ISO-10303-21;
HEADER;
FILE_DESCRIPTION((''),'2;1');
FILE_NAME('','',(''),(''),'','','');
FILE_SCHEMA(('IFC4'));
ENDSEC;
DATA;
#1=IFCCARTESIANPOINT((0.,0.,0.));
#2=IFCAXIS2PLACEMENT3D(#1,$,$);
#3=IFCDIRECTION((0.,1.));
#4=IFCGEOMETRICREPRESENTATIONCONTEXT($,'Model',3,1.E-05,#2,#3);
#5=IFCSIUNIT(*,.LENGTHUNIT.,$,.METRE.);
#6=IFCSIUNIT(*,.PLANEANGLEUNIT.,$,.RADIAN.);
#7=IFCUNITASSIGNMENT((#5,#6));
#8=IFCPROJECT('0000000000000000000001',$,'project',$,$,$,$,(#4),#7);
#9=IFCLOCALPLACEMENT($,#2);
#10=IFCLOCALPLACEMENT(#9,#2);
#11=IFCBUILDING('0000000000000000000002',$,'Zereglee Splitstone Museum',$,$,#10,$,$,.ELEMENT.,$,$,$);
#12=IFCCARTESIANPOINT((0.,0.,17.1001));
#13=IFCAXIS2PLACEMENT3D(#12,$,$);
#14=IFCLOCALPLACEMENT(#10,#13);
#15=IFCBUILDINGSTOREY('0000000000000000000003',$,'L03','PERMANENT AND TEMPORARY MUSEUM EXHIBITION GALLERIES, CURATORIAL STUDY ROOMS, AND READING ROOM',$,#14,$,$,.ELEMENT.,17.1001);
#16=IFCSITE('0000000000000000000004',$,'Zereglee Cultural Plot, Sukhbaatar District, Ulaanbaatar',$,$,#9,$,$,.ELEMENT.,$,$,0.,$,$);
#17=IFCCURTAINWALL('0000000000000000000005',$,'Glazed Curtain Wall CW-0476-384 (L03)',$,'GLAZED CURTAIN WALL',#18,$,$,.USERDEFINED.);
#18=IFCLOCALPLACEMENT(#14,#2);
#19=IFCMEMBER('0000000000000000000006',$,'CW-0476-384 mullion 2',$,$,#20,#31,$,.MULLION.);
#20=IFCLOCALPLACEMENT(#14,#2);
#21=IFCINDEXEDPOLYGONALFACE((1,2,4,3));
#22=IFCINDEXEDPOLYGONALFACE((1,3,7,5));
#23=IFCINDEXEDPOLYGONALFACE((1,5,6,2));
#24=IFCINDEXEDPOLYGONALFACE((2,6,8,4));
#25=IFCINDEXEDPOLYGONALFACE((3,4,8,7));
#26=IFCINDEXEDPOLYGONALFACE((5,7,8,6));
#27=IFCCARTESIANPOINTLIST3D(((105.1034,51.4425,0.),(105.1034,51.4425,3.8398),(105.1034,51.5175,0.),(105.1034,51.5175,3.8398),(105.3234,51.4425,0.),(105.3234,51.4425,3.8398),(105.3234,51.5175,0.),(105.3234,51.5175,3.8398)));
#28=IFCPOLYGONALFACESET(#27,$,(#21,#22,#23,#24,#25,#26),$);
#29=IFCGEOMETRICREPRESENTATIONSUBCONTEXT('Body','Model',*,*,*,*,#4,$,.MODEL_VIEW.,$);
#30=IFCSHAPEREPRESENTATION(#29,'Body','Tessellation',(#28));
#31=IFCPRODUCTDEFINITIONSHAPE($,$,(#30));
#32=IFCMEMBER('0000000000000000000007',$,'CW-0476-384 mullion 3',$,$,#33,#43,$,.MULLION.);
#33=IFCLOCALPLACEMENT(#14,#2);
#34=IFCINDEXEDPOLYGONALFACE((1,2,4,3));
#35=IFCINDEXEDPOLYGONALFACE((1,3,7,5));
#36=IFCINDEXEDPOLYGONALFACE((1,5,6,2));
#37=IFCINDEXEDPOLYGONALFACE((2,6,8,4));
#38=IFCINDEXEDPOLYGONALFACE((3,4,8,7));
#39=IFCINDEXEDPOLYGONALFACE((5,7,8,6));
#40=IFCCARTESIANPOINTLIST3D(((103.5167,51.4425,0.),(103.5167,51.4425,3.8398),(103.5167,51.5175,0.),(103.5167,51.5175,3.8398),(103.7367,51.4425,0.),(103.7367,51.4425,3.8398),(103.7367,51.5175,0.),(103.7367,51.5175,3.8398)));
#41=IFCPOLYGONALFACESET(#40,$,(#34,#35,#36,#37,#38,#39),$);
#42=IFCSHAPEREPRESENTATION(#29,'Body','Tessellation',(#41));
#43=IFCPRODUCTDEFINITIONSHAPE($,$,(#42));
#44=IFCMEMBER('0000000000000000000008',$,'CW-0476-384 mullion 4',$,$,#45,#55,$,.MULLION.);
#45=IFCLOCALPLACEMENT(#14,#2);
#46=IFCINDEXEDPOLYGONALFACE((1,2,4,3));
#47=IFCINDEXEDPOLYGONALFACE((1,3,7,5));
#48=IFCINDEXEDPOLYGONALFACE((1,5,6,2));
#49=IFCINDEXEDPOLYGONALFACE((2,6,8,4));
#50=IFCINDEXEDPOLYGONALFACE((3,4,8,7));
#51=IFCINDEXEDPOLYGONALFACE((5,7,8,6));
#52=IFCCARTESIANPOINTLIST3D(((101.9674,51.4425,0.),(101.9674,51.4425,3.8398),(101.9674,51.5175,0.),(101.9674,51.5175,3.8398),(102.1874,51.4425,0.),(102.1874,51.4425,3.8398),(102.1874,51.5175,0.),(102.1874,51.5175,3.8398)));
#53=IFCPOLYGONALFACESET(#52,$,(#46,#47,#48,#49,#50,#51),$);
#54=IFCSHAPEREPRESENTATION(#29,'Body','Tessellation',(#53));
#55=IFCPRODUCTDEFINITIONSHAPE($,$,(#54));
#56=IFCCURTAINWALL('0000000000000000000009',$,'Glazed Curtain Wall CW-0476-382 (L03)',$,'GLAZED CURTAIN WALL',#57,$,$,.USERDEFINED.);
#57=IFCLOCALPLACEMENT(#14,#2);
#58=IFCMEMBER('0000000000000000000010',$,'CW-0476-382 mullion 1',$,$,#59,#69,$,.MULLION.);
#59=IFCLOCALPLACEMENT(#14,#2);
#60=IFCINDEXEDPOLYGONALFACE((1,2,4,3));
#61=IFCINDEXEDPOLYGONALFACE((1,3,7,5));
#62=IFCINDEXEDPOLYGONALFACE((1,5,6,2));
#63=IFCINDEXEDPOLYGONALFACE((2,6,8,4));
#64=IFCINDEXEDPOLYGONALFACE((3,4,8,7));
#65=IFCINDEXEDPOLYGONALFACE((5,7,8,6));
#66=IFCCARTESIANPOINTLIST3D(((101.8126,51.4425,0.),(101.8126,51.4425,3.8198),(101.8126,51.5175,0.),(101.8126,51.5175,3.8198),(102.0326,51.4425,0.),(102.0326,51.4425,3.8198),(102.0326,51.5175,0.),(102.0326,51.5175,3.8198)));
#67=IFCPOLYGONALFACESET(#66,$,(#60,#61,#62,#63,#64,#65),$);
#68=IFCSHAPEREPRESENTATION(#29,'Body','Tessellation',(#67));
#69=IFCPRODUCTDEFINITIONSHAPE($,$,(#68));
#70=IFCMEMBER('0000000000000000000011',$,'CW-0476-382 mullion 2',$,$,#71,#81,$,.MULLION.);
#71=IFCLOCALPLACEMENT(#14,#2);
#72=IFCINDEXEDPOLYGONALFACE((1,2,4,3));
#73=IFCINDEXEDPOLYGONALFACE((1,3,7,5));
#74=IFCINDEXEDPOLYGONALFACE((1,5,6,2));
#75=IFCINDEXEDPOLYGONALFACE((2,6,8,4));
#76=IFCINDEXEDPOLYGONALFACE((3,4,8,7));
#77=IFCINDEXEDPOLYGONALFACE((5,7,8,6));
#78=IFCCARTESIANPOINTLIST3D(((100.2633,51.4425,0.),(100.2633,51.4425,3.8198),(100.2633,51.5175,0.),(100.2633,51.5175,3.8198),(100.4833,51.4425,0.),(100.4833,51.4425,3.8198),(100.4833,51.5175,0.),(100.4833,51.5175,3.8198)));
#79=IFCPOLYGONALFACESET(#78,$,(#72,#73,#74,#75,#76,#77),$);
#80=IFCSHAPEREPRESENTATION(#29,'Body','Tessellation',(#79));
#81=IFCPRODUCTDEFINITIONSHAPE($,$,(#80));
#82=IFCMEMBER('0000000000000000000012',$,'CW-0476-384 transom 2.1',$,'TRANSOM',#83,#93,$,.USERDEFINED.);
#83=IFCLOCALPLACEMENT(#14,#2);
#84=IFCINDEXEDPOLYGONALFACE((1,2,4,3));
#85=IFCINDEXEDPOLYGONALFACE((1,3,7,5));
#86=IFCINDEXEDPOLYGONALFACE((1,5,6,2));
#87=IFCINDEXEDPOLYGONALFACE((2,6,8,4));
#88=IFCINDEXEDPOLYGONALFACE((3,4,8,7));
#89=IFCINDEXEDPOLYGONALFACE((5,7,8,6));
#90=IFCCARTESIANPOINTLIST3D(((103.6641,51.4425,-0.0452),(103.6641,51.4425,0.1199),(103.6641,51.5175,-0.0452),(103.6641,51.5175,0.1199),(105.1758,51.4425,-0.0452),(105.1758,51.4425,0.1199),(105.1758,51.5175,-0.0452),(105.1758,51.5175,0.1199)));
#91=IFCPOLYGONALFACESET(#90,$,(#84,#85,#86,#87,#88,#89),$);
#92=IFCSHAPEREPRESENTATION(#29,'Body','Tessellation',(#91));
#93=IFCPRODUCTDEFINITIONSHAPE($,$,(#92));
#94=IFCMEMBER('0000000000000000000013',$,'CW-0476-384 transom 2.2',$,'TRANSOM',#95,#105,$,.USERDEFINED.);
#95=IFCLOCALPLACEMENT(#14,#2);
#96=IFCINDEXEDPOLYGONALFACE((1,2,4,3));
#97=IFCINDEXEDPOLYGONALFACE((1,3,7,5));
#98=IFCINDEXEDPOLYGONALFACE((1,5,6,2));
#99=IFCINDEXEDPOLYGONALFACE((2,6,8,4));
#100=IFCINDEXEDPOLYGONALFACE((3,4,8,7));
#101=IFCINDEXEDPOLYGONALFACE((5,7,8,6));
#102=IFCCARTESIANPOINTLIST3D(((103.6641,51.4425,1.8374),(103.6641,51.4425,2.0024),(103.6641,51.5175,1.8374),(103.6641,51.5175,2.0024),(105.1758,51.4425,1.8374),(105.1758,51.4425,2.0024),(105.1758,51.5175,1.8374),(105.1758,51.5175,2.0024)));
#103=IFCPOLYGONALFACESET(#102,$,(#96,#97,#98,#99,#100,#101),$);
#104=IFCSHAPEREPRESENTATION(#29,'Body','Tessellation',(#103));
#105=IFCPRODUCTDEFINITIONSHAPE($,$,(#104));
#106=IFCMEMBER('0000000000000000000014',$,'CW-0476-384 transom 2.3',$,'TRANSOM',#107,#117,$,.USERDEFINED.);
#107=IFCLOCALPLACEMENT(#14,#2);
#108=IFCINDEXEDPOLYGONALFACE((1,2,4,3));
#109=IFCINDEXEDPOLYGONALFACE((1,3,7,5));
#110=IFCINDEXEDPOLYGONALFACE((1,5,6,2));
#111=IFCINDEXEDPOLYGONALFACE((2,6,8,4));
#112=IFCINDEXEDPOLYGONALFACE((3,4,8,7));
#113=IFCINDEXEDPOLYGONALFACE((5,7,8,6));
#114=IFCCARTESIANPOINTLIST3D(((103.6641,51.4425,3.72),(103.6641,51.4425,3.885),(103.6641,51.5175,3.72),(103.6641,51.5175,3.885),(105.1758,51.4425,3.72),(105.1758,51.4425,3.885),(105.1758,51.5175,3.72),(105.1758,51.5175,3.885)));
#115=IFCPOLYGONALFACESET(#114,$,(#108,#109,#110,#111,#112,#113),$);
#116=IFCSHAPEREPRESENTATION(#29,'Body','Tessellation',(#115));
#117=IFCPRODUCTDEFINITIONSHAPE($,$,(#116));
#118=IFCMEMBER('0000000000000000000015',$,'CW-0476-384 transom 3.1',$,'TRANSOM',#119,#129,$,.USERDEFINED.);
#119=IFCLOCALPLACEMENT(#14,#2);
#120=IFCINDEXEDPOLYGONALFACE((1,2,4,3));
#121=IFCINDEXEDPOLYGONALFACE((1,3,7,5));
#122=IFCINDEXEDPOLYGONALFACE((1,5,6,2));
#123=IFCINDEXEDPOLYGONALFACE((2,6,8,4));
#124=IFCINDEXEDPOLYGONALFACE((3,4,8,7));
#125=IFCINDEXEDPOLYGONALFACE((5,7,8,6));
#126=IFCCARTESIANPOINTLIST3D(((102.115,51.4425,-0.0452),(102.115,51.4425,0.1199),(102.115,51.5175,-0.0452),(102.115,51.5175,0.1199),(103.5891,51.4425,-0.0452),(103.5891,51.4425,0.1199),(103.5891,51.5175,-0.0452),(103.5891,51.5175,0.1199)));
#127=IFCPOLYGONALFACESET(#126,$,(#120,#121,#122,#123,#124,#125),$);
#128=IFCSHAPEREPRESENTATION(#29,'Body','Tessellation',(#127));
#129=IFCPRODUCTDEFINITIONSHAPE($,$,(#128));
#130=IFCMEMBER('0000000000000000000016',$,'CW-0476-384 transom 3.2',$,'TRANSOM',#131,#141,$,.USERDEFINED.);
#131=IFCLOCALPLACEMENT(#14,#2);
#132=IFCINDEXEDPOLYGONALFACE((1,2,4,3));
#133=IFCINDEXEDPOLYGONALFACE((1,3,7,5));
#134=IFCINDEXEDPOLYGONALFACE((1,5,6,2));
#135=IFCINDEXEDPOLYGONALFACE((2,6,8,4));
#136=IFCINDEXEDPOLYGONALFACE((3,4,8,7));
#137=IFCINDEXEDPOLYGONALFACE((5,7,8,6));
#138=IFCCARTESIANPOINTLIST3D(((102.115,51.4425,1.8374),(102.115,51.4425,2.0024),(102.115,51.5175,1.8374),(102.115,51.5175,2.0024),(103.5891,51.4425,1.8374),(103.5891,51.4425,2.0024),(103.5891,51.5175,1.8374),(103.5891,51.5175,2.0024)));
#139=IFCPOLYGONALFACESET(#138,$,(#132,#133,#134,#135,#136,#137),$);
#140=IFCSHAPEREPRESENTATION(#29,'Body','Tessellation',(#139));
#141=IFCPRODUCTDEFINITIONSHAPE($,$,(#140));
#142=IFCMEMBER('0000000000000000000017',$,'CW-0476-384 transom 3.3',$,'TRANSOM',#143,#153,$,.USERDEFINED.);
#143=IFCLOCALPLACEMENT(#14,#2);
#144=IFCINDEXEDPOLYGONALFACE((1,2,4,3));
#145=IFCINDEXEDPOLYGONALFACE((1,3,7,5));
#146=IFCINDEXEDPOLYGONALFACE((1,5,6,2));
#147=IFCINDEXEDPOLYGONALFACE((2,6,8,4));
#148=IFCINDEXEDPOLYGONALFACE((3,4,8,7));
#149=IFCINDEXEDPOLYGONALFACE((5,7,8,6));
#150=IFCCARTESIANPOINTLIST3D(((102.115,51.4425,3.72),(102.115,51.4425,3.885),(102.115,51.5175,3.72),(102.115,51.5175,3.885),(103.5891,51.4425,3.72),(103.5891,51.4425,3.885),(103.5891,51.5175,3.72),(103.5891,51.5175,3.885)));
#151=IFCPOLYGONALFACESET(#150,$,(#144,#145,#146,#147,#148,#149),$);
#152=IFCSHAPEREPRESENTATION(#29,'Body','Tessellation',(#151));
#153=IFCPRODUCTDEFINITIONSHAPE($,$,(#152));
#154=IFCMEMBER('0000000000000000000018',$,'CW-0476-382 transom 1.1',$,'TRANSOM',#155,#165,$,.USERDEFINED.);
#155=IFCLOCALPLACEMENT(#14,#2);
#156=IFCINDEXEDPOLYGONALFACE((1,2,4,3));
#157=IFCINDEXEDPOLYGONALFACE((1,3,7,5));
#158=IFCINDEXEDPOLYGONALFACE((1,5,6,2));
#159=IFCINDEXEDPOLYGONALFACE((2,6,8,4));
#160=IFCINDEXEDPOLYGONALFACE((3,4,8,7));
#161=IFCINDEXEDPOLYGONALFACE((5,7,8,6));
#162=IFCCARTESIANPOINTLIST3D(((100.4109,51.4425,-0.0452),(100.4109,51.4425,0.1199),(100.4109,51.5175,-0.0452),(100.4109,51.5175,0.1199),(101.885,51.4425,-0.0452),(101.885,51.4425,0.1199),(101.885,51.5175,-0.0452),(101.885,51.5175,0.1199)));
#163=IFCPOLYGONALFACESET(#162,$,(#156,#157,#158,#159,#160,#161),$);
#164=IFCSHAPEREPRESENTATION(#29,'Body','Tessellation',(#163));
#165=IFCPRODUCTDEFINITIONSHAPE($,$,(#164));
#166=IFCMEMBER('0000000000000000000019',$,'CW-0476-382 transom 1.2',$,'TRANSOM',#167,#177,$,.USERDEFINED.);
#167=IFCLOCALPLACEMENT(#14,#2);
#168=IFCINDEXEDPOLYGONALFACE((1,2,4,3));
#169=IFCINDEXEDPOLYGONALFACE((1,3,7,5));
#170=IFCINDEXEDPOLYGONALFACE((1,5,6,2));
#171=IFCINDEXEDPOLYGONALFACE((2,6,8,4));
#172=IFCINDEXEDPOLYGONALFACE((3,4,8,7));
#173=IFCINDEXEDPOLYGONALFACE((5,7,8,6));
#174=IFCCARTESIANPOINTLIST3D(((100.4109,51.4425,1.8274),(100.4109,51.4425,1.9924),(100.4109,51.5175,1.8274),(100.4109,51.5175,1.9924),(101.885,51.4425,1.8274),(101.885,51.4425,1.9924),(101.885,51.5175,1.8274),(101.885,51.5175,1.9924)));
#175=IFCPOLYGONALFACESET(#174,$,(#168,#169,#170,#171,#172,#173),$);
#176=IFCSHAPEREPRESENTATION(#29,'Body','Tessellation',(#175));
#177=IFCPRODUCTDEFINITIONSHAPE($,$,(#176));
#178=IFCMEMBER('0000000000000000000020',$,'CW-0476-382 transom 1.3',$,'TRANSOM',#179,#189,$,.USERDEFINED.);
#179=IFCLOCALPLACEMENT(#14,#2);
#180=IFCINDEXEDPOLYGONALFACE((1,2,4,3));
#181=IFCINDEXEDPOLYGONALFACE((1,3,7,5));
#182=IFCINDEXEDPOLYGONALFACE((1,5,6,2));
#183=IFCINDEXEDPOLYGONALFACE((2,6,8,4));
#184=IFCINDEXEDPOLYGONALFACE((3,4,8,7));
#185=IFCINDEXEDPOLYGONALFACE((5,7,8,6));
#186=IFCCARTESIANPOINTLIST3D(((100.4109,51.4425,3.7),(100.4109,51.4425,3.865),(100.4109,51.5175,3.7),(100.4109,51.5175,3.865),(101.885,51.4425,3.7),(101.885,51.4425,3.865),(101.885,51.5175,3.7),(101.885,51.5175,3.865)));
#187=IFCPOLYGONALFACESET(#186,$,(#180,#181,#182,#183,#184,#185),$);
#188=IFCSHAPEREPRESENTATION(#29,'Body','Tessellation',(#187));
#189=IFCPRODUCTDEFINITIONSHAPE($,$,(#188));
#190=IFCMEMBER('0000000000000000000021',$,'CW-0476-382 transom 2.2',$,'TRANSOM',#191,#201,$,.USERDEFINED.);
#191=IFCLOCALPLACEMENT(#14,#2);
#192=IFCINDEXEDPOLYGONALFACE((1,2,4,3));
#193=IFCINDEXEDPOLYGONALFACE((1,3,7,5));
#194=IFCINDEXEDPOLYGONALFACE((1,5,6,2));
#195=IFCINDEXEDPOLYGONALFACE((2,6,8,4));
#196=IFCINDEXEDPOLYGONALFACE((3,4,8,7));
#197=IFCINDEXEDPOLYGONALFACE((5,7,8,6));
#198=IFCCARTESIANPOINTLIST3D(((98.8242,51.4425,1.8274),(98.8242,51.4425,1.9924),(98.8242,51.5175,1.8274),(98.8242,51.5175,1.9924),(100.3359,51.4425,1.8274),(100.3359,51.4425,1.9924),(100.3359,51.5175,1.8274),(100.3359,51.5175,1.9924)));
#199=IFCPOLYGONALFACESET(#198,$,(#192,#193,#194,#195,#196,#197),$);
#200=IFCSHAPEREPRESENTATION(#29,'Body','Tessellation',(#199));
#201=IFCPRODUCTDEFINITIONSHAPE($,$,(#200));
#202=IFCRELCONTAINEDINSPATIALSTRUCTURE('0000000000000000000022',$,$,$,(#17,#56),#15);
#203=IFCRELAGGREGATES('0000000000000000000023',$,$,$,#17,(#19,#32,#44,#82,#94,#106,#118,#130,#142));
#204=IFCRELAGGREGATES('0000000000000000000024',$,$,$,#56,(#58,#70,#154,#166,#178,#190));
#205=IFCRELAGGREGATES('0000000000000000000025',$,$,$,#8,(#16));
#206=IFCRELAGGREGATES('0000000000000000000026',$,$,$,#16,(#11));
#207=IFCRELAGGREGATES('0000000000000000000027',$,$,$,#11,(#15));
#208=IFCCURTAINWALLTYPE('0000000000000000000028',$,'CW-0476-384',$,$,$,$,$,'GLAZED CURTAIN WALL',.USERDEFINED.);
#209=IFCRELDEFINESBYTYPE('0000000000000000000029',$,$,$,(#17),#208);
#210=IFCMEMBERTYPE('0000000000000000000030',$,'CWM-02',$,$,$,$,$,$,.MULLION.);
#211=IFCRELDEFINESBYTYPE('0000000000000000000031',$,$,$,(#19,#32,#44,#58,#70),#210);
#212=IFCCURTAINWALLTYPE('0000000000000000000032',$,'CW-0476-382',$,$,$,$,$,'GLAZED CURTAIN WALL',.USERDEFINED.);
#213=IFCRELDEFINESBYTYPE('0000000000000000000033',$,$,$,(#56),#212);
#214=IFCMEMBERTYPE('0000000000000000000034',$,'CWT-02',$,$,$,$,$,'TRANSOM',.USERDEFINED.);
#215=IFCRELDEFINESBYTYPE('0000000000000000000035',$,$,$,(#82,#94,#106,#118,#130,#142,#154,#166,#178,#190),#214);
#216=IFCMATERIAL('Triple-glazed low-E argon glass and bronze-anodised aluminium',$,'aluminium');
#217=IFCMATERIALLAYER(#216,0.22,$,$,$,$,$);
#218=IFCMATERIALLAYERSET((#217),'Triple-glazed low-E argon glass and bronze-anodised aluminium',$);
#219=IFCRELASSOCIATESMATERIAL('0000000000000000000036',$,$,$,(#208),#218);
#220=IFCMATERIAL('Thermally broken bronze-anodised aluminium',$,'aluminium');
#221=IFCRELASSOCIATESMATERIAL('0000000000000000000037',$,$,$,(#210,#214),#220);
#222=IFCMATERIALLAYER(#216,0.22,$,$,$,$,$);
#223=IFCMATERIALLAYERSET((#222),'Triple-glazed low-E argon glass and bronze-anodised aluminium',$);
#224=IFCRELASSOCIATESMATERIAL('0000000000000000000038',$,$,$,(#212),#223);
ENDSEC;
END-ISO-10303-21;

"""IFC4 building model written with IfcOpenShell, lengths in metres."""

from ifc_helpers import new_model, si_unit, direction, frame, origin, origin_2d, place, context, subcontext, project, spatial, rectangle, extrude, material, layer, layer_set, material_profile, profile_set, type_object, element, aggregate, save


model = new_model("IFC4")

# Units and contexts
model_context = context("Model", 3, precision=1e-05, world=origin(), true_north=direction((0.0, 1.0)))
body_context = subcontext(model_context, "Body", "Model", "MODEL_VIEW")
ifc_project = project(units=[si_unit("LENGTHUNIT", "METRE"), si_unit("PLANEANGLEUNIT", "RADIAN")], contexts=[model_context])

# Site, building, storey
site_placement = place(None, origin())
site = spatial("IfcSite", under=ifc_project, at=site_placement, Name="Zereglee Cultural Plot, Sukhbaatar District, Ulaanbaatar", CompositionType="ELEMENT", RefElevation=0.0)
building_placement = place(site_placement, origin())
building = spatial("IfcBuilding", under=site, at=building_placement, Name="Zereglee Splitstone Museum", CompositionType="ELEMENT")
storey_placement = place(building_placement, frame((0.0, 0.0, 17.1001)))
storey = spatial("IfcBuildingStorey", under=building, at=storey_placement, Name="L03", Description="PERMANENT AND TEMPORARY MUSEUM EXHIBITION GALLERIES, CURATORIAL STUDY ROOMS, AND READING ROOM", CompositionType="ELEMENT", Elevation=17.1001)

# Curtain walls, members
ifc_material_1 = material(Name="Triple-glazed low-E argon glass and bronze-anodised aluminium", Category="aluminium")
ifc_layer_1 = layer(ifc_material_1, 0.22)
ifc_layer_set_1 = layer_set([ifc_layer_1], Name="Triple-glazed low-E argon glass and bronze-anodised aluminium")
curtain_wall_type_1 = type_object("IfcCurtainWallType", Name="CW-0476-384", ElementType="GLAZED CURTAIN WALL", PredefinedType="USERDEFINED", material=ifc_layer_set_1)
curtain_wall_1_placement = place(storey_placement, origin())
curtain_wall_1 = element("IfcCurtainWall", 1, at=curtain_wall_1_placement, inside=storey, type_object=curtain_wall_type_1, Name="Glazed Curtain Wall CW-0476-384 (L03)", ObjectType="GLAZED CURTAIN WALL", PredefinedType="USERDEFINED")
ifc_material_2 = material(Name="Thermally broken bronze-anodised aluminium", Category="aluminium")
ifc_material_profile_1 = material_profile(ifc_material_2, rectangle(XDim=0.075, YDim=0.22, at=origin_2d()), Name="CW MULL 75x220")
ifc_profile_set_1 = profile_set([ifc_material_profile_1], Name="Thermally broken bronze-anodised aluminium")
member_type_1 = type_object("IfcMemberType", Name="CWM-02", PredefinedType="MULLION", material=ifc_profile_set_1)
member_1_placement = place(storey_placement, frame((105.2134, 51.48, 0.0), z_axis=(0.0, 0.0, 1.0), x_axis=(0.0, -1.0, 0.0)))
member_1 = element("IfcMember", 2, at=member_1_placement, type_object=member_type_1, Name="CW-0476-384 mullion 2", PredefinedType="MULLION", context=body_context, shape_type="SweptSolid", body=[
    extrude(rectangle(XDim=0.075, YDim=0.22, at=origin_2d()), origin(), (0.0, 0.0, 1.0), 3.8398),
])
member_2_placement = place(storey_placement, frame((103.6267, 51.48, 0.0), z_axis=(0.0, 0.0, 1.0), x_axis=(0.0, -1.0, 0.0)))
member_2 = element("IfcMember", 3, at=member_2_placement, type_object=member_type_1, Name="CW-0476-384 mullion 3", PredefinedType="MULLION", context=body_context, shape_type="SweptSolid", body=[
    extrude(rectangle(XDim=0.075, YDim=0.22, at=origin_2d()), origin(), (0.0, 0.0, 1.0), 3.8398),
])
member_3_placement = place(storey_placement, frame((102.0774, 51.48, 0.0), z_axis=(0.0, 0.0, 1.0), x_axis=(0.0, -1.0, 0.0)))
member_3 = element("IfcMember", 4, at=member_3_placement, type_object=member_type_1, Name="CW-0476-384 mullion 4", PredefinedType="MULLION", context=body_context, shape_type="SweptSolid", body=[
    extrude(rectangle(XDim=0.075, YDim=0.22, at=origin_2d()), origin(), (0.0, 0.0, 1.0), 3.8398),
])
ifc_layer_2 = layer(ifc_material_1, 0.22)
ifc_layer_set_2 = layer_set([ifc_layer_2], Name="Triple-glazed low-E argon glass and bronze-anodised aluminium")
curtain_wall_type_2 = type_object("IfcCurtainWallType", Name="CW-0476-382", ElementType="GLAZED CURTAIN WALL", PredefinedType="USERDEFINED", material=ifc_layer_set_2)
curtain_wall_2_placement = place(storey_placement, origin())
curtain_wall_2 = element("IfcCurtainWall", 5, at=curtain_wall_2_placement, inside=storey, type_object=curtain_wall_type_2, Name="Glazed Curtain Wall CW-0476-382 (L03)", ObjectType="GLAZED CURTAIN WALL", PredefinedType="USERDEFINED")
member_4_placement = place(storey_placement, frame((101.9226, 51.48, 0.0), z_axis=(0.0, 0.0, 1.0), x_axis=(0.0, -1.0, 0.0)))
member_4 = element("IfcMember", 6, at=member_4_placement, type_object=member_type_1, Name="CW-0476-382 mullion 1", PredefinedType="MULLION", context=body_context, shape_type="SweptSolid", body=[
    extrude(rectangle(XDim=0.075, YDim=0.22, at=origin_2d()), origin(), (0.0, 0.0, 1.0), 3.8198),
])
member_5_placement = place(storey_placement, frame((100.3733, 51.48, 0.0), z_axis=(0.0, 0.0, 1.0), x_axis=(0.0, -1.0, 0.0)))
member_5 = element("IfcMember", 7, at=member_5_placement, type_object=member_type_1, Name="CW-0476-382 mullion 2", PredefinedType="MULLION", context=body_context, shape_type="SweptSolid", body=[
    extrude(rectangle(XDim=0.075, YDim=0.22, at=origin_2d()), origin(), (0.0, 0.0, 1.0), 3.8198),
])

# Members
ifc_material_profile_2 = material_profile(ifc_material_2, rectangle(XDim=0.075, YDim=0.165, at=origin_2d()), Name="CW TRAN 75x165")
ifc_profile_set_2 = profile_set([ifc_material_profile_2], Name="Thermally broken bronze-anodised aluminium")
member_type_2 = type_object("IfcMemberType", Name="CWT-02", ElementType="TRANSOM", PredefinedType="USERDEFINED", material=ifc_profile_set_2)
member_6_placement = place(storey_placement, frame((105.1758, 51.48, 0.0374), z_axis=(-1.0, 0.0, 0.0), x_axis=(0.0, -1.0, 0.0)))
member_6 = element("IfcMember", 8, at=member_6_placement, type_object=member_type_2, Name="CW-0476-384 transom 2.1", ObjectType="TRANSOM", PredefinedType="USERDEFINED", context=body_context, shape_type="SweptSolid", body=[
    extrude(rectangle(XDim=0.075, YDim=0.165, at=origin_2d()), origin(), (0.0, 0.0, 1.0), 1.5117),
])
member_7_placement = place(storey_placement, frame((105.1758, 51.48, 1.9199), z_axis=(-1.0, 0.0, 0.0), x_axis=(0.0, -1.0, 0.0)))
member_7 = element("IfcMember", 9, at=member_7_placement, type_object=member_type_2, Name="CW-0476-384 transom 2.2", ObjectType="TRANSOM", PredefinedType="USERDEFINED", context=body_context, shape_type="SweptSolid", body=[
    extrude(rectangle(XDim=0.075, YDim=0.165, at=origin_2d()), origin(), (0.0, 0.0, 1.0), 1.5117),
])
member_8_placement = place(storey_placement, frame((105.1758, 51.48, 3.8025), z_axis=(-1.0, 0.0, 0.0), x_axis=(0.0, -1.0, 0.0)))
member_8 = element("IfcMember", 10, at=member_8_placement, type_object=member_type_2, Name="CW-0476-384 transom 2.3", ObjectType="TRANSOM", PredefinedType="USERDEFINED", context=body_context, shape_type="SweptSolid", body=[
    extrude(rectangle(XDim=0.075, YDim=0.165, at=origin_2d()), origin(), (0.0, 0.0, 1.0), 1.5117),
])
member_9_placement = place(storey_placement, frame((103.5891, 51.48, 0.0374), z_axis=(-1.0, 0.0, 0.0), x_axis=(0.0, -1.0, 0.0)))
member_9 = element("IfcMember", 11, at=member_9_placement, type_object=member_type_2, Name="CW-0476-384 transom 3.1", ObjectType="TRANSOM", PredefinedType="USERDEFINED", context=body_context, shape_type="SweptSolid", body=[
    extrude(rectangle(XDim=0.075, YDim=0.165, at=origin_2d()), origin(), (0.0, 0.0, 1.0), 1.4741),
])
member_10_placement = place(storey_placement, frame((103.5891, 51.48, 1.9199), z_axis=(-1.0, 0.0, 0.0), x_axis=(0.0, -1.0, 0.0)))
member_10 = element("IfcMember", 12, at=member_10_placement, type_object=member_type_2, Name="CW-0476-384 transom 3.2", ObjectType="TRANSOM", PredefinedType="USERDEFINED", context=body_context, shape_type="SweptSolid", body=[
    extrude(rectangle(XDim=0.075, YDim=0.165, at=origin_2d()), origin(), (0.0, 0.0, 1.0), 1.4741),
])
member_11_placement = place(storey_placement, frame((103.5891, 51.48, 3.8025), z_axis=(-1.0, 0.0, 0.0), x_axis=(0.0, -1.0, 0.0)))
member_11 = element("IfcMember", 13, at=member_11_placement, type_object=member_type_2, Name="CW-0476-384 transom 3.3", ObjectType="TRANSOM", PredefinedType="USERDEFINED", context=body_context, shape_type="SweptSolid", body=[
    extrude(rectangle(XDim=0.075, YDim=0.165, at=origin_2d()), origin(), (0.0, 0.0, 1.0), 1.4741),
])
member_12_placement = place(storey_placement, frame((101.885, 51.48, 0.0374), z_axis=(-1.0, 0.0, 0.0), x_axis=(0.0, -1.0, 0.0)))
member_12 = element("IfcMember", 14, at=member_12_placement, type_object=member_type_2, Name="CW-0476-382 transom 1.1", ObjectType="TRANSOM", PredefinedType="USERDEFINED", context=body_context, shape_type="SweptSolid", body=[
    extrude(rectangle(XDim=0.075, YDim=0.165, at=origin_2d()), origin(), (0.0, 0.0, 1.0), 1.4741),
])
member_13_placement = place(storey_placement, frame((101.885, 51.48, 1.9099), z_axis=(-1.0, 0.0, 0.0), x_axis=(0.0, -1.0, 0.0)))
member_13 = element("IfcMember", 15, at=member_13_placement, type_object=member_type_2, Name="CW-0476-382 transom 1.2", ObjectType="TRANSOM", PredefinedType="USERDEFINED", context=body_context, shape_type="SweptSolid", body=[
    extrude(rectangle(XDim=0.075, YDim=0.165, at=origin_2d()), origin(), (0.0, 0.0, 1.0), 1.4741),
])
member_14_placement = place(storey_placement, frame((101.885, 51.48, 3.7825), z_axis=(-1.0, 0.0, 0.0), x_axis=(0.0, -1.0, 0.0)))
member_14 = element("IfcMember", 16, at=member_14_placement, type_object=member_type_2, Name="CW-0476-382 transom 1.3", ObjectType="TRANSOM", PredefinedType="USERDEFINED", context=body_context, shape_type="SweptSolid", body=[
    extrude(rectangle(XDim=0.075, YDim=0.165, at=origin_2d()), origin(), (0.0, 0.0, 1.0), 1.4741),
])
member_15_placement = place(storey_placement, frame((100.3359, 51.48, 1.9099), z_axis=(-1.0, 0.0, 0.0), x_axis=(0.0, -1.0, 0.0)))
member_15 = element("IfcMember", 17, at=member_15_placement, type_object=member_type_2, Name="CW-0476-382 transom 2.2", ObjectType="TRANSOM", PredefinedType="USERDEFINED", context=body_context, shape_type="SweptSolid", body=[
    extrude(rectangle(XDim=0.075, YDim=0.165, at=origin_2d()), origin(), (0.0, 0.0, 1.0), 1.5117),
])

aggregate(curtain_wall_1, [member_1, member_2, member_3, member_6, member_7, member_8, member_9, member_10, member_11])
aggregate(curtain_wall_2, [member_4, member_5, member_12, member_13, member_14, member_15])

save(model, "model.ifc")
